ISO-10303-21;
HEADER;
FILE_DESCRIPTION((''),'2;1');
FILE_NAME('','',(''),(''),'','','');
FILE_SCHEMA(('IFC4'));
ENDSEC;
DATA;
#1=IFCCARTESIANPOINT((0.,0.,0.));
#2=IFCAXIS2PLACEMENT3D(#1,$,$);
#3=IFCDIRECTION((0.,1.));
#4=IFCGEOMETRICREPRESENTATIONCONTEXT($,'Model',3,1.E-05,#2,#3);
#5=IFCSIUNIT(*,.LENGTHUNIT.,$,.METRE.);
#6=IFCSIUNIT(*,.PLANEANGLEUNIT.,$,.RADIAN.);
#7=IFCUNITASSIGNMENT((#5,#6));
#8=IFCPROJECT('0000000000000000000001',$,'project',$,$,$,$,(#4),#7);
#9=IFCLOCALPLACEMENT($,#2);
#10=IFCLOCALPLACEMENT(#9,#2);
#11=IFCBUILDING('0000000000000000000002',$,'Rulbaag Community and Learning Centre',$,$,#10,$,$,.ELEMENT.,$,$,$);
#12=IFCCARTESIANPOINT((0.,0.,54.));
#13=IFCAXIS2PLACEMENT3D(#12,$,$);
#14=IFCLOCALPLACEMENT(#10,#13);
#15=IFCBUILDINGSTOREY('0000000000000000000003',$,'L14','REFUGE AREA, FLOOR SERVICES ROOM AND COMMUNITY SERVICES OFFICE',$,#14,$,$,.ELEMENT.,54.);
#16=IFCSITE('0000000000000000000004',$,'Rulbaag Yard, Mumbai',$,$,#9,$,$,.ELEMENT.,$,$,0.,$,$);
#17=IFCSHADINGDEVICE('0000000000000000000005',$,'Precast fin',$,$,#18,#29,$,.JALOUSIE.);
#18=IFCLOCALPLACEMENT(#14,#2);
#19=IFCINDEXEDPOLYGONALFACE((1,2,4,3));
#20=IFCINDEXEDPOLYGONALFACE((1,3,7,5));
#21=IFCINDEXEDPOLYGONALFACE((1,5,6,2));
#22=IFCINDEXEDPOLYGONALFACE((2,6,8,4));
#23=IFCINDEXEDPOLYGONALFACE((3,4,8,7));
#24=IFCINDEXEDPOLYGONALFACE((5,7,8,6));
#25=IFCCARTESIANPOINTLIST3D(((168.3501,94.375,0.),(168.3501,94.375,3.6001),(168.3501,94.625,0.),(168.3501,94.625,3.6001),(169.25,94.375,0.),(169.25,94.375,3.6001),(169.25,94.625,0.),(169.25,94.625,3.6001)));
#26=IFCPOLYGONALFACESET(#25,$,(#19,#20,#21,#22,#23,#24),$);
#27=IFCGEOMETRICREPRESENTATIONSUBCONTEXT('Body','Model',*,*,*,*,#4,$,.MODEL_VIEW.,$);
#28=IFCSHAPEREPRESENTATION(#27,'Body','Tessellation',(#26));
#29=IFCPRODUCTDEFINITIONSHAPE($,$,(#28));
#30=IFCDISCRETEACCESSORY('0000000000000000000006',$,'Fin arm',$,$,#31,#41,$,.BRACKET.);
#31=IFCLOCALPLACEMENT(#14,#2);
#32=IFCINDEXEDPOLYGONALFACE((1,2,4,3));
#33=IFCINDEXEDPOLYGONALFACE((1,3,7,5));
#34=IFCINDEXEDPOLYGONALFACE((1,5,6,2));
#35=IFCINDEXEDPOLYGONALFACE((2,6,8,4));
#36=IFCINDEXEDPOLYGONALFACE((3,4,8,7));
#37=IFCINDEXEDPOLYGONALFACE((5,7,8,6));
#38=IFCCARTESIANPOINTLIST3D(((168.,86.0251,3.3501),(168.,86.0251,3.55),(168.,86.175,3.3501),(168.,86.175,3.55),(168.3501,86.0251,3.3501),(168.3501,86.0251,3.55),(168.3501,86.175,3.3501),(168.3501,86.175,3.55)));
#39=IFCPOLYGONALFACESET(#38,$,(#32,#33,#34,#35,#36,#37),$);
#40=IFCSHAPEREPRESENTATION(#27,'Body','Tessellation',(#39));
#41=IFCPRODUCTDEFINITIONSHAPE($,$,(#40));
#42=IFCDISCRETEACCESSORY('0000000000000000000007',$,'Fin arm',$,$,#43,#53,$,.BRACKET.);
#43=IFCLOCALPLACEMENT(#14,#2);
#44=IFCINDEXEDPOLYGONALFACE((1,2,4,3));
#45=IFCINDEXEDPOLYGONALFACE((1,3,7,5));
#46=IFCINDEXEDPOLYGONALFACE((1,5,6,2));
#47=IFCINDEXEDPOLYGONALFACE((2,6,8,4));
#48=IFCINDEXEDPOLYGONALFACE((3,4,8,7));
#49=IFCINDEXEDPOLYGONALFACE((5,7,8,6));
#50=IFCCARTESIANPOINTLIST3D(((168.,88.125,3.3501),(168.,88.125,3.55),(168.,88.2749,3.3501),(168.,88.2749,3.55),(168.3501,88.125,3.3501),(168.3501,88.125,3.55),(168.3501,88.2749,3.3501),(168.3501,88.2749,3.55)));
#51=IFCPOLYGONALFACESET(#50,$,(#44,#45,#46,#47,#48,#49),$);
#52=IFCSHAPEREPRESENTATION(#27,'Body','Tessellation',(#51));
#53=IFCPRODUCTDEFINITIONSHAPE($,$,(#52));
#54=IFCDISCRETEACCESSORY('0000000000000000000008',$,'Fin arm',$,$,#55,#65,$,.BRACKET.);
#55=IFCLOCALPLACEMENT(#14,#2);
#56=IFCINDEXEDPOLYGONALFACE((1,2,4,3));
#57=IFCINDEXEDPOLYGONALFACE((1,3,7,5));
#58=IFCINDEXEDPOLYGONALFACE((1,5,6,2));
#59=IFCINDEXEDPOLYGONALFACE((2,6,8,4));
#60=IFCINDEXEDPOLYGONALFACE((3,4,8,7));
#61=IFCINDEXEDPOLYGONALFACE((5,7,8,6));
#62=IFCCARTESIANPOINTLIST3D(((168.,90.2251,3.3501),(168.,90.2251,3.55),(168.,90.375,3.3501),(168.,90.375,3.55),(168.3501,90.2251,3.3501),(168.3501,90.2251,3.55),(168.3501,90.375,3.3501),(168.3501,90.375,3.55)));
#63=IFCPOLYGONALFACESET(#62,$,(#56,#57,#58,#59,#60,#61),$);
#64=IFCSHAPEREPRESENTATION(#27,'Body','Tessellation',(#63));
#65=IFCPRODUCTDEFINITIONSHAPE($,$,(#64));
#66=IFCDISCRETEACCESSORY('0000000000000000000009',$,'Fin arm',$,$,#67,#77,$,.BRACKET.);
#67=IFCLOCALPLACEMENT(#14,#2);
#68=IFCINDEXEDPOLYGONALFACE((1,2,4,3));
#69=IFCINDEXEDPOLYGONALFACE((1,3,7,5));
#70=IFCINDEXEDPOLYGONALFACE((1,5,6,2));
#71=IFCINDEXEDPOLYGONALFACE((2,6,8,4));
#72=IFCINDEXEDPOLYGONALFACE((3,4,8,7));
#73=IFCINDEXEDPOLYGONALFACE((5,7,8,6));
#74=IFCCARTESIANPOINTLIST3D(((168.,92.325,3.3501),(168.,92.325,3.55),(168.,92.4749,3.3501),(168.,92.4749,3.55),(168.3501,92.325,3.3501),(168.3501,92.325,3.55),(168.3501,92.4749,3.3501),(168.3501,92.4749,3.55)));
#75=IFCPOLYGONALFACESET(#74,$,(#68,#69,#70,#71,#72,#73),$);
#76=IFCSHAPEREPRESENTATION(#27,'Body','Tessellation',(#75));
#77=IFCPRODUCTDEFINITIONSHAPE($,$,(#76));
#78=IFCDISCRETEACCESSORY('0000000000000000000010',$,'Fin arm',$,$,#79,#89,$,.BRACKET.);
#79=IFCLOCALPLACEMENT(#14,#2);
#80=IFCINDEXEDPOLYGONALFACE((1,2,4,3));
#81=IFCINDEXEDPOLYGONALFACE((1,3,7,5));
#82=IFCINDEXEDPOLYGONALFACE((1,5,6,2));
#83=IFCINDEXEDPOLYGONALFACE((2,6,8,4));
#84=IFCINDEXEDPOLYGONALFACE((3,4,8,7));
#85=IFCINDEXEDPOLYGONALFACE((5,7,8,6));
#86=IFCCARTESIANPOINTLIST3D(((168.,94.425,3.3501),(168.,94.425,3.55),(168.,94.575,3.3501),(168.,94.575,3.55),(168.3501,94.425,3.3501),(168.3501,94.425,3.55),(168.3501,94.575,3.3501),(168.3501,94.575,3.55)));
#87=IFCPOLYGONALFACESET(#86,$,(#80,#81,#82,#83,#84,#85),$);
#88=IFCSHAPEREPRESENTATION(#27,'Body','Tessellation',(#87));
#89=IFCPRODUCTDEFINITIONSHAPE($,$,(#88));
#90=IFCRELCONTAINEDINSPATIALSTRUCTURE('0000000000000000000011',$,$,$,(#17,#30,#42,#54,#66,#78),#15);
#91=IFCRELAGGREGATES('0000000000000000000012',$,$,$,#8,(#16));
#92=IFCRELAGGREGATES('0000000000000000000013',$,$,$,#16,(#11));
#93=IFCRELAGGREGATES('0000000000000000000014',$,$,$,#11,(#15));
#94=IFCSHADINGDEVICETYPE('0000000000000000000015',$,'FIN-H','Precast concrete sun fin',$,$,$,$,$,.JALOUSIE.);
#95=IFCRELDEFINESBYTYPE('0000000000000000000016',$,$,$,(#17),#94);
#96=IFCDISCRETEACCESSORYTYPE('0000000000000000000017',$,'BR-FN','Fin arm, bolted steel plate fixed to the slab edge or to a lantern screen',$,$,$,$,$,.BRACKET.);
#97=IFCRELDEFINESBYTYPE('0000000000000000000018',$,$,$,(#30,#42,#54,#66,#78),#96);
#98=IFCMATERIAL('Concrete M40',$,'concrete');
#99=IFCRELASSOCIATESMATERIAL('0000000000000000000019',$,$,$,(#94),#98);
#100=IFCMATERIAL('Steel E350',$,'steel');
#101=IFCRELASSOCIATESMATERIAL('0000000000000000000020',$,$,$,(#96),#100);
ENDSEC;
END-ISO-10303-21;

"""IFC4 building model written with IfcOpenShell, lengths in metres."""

from ifc_helpers import new_model, si_unit, direction, frame, origin, origin_2d, place, context, subcontext, project, spatial, rectangle, extrude, material, material_profile, profile_set, type_object, element, save


model = new_model("IFC4")

# Units and contexts
model_context = context("Model", 3, precision=1e-05, world=origin(), true_north=direction((0.0, 1.0)))
body_context = subcontext(model_context, "Body", "Model", "MODEL_VIEW")
ifc_project = project(units=[si_unit("LENGTHUNIT", "METRE"), si_unit("PLANEANGLEUNIT", "RADIAN")], contexts=[model_context])

# Site, building, storey
site_placement = place(None, origin())
site = spatial("IfcSite", under=ifc_project, at=site_placement, Name="Rulbaag Yard, Mumbai", CompositionType="ELEMENT", RefElevation=0.0)
building_placement = place(site_placement, origin())
building = spatial("IfcBuilding", under=site, at=building_placement, Name="Rulbaag Community and Learning Centre", CompositionType="ELEMENT")
storey_placement = place(building_placement, frame((0.0, 0.0, 54.0)))
storey = spatial("IfcBuildingStorey", under=building, at=storey_placement, Name="L14", Description="REFUGE AREA, FLOOR SERVICES ROOM AND COMMUNITY SERVICES OFFICE", CompositionType="ELEMENT", Elevation=54.0)

# Shading device
ifc_material_1 = material(Name="Concrete M40", Category="concrete")
ifc_material_profile_1 = material_profile(ifc_material_1, rectangle(XDim=0.25, YDim=0.8999, at=origin_2d()), Name="PC 250x900")
ifc_profile_set_1 = profile_set([ifc_material_profile_1], Name="Concrete M40")
shading_device_type_1 = type_object("IfcShadingDeviceType", Name="FIN-H", Description="Precast concrete sun fin", PredefinedType="JALOUSIE", material=ifc_profile_set_1)
for number, where, z_axis, x_axis, name in (
    (1, (168.8, 94.5, 0.0), (0.0, 0.0, 1.0), (0.0, 1.0, 0.0), "Precast fin"),
):
    element("IfcShadingDevice", number, at=place(storey_placement, frame(where, z_axis=z_axis, x_axis=x_axis)), inside=storey, type_object=shading_device_type_1, Name=name, PredefinedType="JALOUSIE", context=body_context, shape_type="SweptSolid", body=[
        extrude(rectangle(XDim=0.25, YDim=0.8999, at=origin_2d()), origin(), (0.0, 0.0, 1.0), 3.6001),
    ])

# Discrete accessories
ifc_material_2 = material(Name="Steel E350", Category="steel")
discrete_accessory_type = type_object("IfcDiscreteAccessoryType", Name="BR-FN", Description="Fin arm, bolted steel plate fixed to the slab edge or to a lantern screen", PredefinedType="BRACKET", material=ifc_material_2)
for number, where, z_axis, x_axis, name in (
    (2, (168.175, 86.1001, 3.3501), (0.0, 0.0, 1.0), (1.0, 0.0, 0.0), "Fin arm"),
    (3, (168.175, 88.2, 3.3501), (0.0, 0.0, 1.0), (1.0, 0.0, 0.0), "Fin arm"),
    (4, (168.175, 90.3, 3.3501), (0.0, 0.0, 1.0), (1.0, 0.0, 0.0), "Fin arm"),
    (5, (168.175, 92.3999, 3.3501), (0.0, 0.0, 1.0), (1.0, 0.0, 0.0), "Fin arm"),
    (6, (168.175, 94.5, 3.3501), (0.0, 0.0, 1.0), (1.0, 0.0, 0.0), "Fin arm"),
):
    element("IfcDiscreteAccessory", number, at=place(storey_placement, frame(where, z_axis=z_axis, x_axis=x_axis)), inside=storey, type_object=discrete_accessory_type, Name=name, PredefinedType="BRACKET", context=body_context, shape_type="SweptSolid", body=[
        extrude(rectangle(XDim=0.3501, YDim=0.1499, at=origin_2d()), origin(), (0.0, 0.0, 1.0), 0.2),
    ])

save(model, "model.ifc")
